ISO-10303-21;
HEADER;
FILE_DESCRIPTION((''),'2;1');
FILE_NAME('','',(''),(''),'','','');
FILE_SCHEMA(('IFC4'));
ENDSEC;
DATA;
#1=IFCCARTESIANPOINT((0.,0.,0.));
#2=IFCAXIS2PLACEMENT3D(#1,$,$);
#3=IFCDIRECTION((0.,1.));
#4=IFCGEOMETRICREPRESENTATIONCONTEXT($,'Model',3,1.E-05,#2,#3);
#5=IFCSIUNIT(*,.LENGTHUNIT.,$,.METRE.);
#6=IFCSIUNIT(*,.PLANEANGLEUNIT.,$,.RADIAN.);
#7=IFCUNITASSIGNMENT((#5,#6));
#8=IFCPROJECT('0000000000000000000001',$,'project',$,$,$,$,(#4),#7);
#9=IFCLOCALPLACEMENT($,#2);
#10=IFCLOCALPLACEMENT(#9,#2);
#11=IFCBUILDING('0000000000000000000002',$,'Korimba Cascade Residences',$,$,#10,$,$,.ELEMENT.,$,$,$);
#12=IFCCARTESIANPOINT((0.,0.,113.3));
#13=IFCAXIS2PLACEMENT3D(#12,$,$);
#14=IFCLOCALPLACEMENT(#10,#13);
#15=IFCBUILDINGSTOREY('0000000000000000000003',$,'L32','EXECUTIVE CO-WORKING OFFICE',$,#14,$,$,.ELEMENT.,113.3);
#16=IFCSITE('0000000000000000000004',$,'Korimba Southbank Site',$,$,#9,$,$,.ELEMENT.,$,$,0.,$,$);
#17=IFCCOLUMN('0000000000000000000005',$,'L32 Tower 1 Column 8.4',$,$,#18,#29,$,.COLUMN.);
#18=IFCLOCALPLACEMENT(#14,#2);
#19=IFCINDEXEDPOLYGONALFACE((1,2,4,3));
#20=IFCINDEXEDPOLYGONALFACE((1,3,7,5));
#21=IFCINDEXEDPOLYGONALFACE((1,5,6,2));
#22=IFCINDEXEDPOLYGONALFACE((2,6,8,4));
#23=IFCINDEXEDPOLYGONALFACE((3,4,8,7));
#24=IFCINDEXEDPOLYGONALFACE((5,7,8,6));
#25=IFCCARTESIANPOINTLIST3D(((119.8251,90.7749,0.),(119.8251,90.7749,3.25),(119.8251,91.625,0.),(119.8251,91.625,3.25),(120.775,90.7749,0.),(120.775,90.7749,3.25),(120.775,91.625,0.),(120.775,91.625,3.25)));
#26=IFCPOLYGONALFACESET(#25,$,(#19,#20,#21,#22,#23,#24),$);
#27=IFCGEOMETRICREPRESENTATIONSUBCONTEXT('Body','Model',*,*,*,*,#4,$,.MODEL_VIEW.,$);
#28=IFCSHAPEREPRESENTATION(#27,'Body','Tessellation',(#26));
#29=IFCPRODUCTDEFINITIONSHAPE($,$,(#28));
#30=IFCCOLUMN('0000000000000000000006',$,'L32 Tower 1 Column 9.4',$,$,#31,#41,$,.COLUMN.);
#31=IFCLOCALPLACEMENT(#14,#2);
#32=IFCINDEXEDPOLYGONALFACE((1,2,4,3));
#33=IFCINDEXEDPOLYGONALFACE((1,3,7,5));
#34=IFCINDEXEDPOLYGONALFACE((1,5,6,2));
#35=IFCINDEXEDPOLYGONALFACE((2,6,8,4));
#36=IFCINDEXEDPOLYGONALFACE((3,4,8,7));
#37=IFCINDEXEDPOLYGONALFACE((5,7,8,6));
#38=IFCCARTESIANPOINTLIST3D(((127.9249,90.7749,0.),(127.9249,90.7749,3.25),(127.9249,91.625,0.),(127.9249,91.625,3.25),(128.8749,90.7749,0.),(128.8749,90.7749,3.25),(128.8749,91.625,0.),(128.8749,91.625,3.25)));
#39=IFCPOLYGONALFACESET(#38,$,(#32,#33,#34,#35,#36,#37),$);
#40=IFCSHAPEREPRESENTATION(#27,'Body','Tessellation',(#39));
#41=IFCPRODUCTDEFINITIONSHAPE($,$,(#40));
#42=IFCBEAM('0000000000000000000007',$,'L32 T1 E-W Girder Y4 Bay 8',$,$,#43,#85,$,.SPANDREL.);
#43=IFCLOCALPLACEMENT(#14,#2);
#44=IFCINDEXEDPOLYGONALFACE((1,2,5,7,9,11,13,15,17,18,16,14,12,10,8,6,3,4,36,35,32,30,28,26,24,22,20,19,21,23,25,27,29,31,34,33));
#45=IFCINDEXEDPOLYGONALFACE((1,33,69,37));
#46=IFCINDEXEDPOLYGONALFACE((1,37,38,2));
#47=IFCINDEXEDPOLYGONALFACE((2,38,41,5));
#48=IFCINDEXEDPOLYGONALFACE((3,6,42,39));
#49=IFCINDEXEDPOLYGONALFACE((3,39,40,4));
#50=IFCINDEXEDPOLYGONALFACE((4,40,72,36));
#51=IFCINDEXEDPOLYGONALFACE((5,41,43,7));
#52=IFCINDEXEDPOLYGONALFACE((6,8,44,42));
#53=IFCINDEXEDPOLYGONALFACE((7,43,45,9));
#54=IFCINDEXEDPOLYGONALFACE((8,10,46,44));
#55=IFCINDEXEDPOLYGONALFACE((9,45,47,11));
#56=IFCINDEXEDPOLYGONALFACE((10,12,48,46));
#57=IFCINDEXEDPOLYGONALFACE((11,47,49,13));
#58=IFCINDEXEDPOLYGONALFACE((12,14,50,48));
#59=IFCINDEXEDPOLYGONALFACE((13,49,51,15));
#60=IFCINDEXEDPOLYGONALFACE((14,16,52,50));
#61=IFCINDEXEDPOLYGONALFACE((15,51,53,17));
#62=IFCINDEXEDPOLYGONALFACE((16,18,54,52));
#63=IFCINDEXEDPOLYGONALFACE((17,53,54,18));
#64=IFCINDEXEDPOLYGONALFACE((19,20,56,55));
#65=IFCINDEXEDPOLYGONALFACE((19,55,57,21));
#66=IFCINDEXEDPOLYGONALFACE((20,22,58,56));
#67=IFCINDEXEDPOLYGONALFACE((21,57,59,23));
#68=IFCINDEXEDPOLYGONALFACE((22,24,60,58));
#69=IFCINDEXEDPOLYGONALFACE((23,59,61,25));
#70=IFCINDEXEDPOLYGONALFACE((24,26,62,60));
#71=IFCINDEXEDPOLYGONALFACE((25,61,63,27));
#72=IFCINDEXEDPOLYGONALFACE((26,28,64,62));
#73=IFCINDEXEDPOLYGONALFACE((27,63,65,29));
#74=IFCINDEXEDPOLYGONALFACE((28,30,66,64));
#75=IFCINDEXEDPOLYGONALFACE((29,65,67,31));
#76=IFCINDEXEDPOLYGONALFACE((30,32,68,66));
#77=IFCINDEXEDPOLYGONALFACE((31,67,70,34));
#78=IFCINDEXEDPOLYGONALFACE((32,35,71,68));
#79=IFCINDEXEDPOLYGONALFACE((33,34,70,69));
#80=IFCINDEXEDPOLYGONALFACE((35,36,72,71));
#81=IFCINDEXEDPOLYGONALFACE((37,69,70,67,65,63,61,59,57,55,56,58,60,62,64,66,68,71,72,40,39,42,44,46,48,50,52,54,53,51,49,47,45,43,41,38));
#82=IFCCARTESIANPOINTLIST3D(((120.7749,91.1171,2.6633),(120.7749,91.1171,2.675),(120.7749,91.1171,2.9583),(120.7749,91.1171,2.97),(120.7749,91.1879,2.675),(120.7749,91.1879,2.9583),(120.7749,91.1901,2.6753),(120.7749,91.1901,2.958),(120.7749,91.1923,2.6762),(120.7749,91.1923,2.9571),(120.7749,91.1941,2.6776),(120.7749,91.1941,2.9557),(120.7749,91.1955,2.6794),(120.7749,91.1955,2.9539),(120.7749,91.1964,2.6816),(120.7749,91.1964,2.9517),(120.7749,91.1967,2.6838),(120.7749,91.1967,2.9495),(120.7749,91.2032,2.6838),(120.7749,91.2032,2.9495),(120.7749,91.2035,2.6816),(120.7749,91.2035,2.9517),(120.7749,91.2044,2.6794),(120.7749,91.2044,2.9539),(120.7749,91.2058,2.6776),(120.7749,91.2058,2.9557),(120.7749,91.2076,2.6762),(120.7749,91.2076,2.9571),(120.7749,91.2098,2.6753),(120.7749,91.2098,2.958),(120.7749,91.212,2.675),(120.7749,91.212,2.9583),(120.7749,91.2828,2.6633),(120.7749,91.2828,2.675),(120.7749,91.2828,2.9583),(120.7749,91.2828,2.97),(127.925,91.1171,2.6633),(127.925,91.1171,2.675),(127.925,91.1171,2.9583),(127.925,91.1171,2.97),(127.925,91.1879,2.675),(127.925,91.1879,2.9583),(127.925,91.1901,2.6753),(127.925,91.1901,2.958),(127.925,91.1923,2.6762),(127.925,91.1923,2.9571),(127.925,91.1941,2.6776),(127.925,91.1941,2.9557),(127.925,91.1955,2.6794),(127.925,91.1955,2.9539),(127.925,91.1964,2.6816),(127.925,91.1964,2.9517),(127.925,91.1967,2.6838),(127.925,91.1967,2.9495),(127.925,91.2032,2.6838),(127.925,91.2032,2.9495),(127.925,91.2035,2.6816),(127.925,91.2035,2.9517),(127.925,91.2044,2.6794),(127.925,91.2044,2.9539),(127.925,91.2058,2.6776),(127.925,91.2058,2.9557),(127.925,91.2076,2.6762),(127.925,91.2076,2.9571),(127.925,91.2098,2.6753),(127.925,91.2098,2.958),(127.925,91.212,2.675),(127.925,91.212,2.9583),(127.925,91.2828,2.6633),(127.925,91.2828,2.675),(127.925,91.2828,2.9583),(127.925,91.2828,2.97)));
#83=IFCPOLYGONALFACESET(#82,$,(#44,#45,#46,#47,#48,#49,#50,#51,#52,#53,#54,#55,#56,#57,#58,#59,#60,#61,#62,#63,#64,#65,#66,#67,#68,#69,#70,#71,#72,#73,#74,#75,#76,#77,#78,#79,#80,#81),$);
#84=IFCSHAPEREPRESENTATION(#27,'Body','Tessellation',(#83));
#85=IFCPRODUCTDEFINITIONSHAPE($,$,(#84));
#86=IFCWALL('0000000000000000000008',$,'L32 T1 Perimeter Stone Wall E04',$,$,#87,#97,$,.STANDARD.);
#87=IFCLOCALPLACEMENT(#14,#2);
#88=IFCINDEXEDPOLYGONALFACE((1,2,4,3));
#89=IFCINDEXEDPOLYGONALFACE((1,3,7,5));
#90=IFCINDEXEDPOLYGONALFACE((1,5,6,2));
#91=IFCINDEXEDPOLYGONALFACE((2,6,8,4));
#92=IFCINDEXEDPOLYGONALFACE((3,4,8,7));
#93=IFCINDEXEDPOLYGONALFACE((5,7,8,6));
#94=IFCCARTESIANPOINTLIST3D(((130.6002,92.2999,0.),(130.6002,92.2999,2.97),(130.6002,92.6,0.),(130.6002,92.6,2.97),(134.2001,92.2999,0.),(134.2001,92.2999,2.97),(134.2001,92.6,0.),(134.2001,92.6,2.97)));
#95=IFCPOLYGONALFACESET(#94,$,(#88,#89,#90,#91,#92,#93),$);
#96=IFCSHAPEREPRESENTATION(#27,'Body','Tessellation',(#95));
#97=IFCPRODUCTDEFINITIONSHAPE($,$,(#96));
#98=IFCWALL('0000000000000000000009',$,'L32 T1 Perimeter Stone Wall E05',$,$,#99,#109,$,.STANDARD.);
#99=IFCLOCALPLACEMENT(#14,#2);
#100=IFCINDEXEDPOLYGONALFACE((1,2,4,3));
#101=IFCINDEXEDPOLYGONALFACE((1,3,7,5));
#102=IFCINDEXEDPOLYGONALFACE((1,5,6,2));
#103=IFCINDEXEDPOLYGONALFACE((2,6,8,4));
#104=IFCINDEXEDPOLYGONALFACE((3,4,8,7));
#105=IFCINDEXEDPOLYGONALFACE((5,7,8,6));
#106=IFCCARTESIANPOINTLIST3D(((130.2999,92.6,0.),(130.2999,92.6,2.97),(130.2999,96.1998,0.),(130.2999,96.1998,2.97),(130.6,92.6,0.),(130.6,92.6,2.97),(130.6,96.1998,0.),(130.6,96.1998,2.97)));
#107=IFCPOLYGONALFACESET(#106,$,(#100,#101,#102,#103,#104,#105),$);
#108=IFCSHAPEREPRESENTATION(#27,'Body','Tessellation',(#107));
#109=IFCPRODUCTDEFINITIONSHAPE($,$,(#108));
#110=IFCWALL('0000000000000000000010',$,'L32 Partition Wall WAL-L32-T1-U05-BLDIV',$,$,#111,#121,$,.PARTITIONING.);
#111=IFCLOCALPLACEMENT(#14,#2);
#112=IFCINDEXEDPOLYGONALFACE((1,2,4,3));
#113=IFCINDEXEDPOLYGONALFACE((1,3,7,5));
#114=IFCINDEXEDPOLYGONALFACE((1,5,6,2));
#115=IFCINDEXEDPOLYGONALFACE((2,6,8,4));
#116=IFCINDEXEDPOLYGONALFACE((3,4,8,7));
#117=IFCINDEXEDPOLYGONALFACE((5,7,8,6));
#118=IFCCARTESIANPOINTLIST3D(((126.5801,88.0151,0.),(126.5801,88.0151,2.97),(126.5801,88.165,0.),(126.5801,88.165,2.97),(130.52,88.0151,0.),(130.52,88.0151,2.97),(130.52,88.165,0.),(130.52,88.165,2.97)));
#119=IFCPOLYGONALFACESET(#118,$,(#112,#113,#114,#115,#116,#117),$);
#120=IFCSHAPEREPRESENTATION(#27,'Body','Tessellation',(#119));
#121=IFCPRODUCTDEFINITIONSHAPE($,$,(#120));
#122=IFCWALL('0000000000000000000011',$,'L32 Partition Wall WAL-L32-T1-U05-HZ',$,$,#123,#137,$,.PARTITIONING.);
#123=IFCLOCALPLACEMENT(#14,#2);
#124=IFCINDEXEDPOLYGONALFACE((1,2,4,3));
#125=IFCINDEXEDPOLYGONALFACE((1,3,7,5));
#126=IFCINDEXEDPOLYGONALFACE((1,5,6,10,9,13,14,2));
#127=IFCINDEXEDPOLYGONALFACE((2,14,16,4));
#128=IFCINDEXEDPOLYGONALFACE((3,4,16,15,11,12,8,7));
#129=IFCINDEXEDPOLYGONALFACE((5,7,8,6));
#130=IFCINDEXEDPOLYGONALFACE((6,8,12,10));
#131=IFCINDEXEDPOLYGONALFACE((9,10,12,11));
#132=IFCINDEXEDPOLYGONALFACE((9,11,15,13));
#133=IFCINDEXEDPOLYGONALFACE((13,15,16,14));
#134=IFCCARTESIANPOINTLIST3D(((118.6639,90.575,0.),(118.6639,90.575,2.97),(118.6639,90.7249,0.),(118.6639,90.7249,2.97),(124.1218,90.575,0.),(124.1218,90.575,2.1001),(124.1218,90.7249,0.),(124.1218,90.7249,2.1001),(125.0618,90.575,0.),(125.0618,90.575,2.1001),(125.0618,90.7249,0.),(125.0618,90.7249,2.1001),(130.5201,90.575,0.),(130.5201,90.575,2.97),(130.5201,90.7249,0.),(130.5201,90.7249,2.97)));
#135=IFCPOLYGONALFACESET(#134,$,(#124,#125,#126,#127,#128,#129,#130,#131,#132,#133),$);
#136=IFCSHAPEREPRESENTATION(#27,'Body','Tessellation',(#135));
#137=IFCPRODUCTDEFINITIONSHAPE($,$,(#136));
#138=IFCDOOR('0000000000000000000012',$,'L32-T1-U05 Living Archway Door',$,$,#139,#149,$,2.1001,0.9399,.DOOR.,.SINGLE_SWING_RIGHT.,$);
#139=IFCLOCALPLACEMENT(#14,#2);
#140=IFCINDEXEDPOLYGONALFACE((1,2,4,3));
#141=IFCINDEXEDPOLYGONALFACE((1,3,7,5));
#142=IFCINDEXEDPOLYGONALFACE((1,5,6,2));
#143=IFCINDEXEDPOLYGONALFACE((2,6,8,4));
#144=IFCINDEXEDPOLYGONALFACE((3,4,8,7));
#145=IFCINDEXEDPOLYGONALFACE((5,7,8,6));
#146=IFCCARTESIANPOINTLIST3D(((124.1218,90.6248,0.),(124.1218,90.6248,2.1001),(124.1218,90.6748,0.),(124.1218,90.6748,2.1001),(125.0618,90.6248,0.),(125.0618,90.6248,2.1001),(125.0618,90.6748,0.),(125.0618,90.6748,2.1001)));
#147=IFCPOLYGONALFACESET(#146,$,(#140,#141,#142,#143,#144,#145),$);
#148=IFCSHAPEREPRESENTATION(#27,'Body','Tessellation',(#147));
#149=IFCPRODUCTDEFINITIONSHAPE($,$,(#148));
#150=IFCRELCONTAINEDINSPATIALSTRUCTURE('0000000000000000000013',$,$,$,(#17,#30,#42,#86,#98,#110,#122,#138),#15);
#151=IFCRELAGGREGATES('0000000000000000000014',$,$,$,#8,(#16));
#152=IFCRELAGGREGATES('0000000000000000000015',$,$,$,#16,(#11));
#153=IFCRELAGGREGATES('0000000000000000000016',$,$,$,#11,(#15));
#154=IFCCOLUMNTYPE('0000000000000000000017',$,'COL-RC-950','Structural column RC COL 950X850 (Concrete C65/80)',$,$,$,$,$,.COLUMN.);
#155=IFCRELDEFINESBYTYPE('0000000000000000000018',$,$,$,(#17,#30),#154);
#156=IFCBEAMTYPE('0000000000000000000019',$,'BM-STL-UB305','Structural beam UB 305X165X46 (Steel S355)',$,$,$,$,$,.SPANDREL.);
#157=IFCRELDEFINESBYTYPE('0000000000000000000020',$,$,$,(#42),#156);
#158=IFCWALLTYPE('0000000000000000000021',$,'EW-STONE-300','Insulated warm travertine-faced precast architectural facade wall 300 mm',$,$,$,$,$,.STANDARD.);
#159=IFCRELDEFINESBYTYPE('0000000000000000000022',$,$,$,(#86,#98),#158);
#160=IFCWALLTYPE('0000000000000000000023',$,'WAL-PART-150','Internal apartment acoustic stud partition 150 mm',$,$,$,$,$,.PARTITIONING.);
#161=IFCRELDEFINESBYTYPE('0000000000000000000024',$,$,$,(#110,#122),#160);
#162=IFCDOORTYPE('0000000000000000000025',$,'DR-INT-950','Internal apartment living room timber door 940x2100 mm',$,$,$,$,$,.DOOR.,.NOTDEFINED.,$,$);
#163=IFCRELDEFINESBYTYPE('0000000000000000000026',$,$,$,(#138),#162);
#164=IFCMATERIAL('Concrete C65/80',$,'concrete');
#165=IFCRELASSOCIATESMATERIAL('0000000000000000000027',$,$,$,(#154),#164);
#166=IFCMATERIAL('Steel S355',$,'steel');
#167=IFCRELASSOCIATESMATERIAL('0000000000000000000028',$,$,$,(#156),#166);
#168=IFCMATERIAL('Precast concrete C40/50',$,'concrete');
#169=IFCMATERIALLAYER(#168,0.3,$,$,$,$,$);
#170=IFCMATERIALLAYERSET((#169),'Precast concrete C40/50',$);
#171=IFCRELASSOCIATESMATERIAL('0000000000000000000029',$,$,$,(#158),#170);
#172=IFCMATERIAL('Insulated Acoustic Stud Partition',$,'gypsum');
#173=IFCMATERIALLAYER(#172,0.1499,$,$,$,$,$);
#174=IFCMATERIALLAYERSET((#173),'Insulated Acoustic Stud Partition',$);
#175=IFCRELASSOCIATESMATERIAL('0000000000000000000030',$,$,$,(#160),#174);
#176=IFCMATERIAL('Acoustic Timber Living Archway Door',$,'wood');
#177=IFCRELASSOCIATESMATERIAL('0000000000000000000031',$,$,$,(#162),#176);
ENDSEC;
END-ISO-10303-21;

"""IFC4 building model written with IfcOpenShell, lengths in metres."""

from ifc_helpers import new_model, si_unit, direction, frame, frame_2d, origin, origin_2d, place, context, subcontext, project, spatial, rectangle, i_section, extrude, material, layer, layer_set, material_profile, profile_set, type_object, element, fill, save


model = new_model("IFC4")

# Units and contexts
model_context = context("Model", 3, precision=1e-05, world=origin(), true_north=direction((0.0, 1.0)))
body_context = subcontext(model_context, "Body", "Model", "MODEL_VIEW")
ifc_project = project(units=[si_unit("LENGTHUNIT", "METRE"), si_unit("PLANEANGLEUNIT", "RADIAN")], contexts=[model_context])

# Site, building, storey
site_placement = place(None, origin())
site = spatial("IfcSite", under=ifc_project, at=site_placement, Name="Korimba Southbank Site", CompositionType="ELEMENT", RefElevation=0.0)
building_placement = place(site_placement, origin())
building = spatial("IfcBuilding", under=site, at=building_placement, Name="Korimba Cascade Residences", CompositionType="ELEMENT")
storey_placement = place(building_placement, frame((0.0, 0.0, 113.3)))
storey = spatial("IfcBuildingStorey", under=building, at=storey_placement, Name="L32", Description="EXECUTIVE CO-WORKING OFFICE", CompositionType="ELEMENT", Elevation=113.3)

# Columns
ifc_material_1 = material(Name="Concrete C65/80", Category="concrete")
ifc_material_profile_1 = material_profile(ifc_material_1, rectangle(XDim=0.95, YDim=0.8501, at=origin_2d()), Name="Concrete C65/80")
ifc_profile_set_1 = profile_set([ifc_material_profile_1], Name="Concrete C65/80")
column_type = type_object("IfcColumnType", Name="COL-RC-950", Description="Structural column RC COL 950X850 (Concrete C65/80)", PredefinedType="COLUMN", material=ifc_profile_set_1)
for number, where, z_axis, x_axis, name in (
    (1, (120.3, 91.2, 0.0), (0.0, 0.0, 1.0), (1.0, 0.0, 0.0), "L32 Tower 1 Column 8.4"),
    (2, (128.3999, 91.2, 0.0), (0.0, 0.0, 1.0), (1.0, 0.0, 0.0), "L32 Tower 1 Column 9.4"),
):
    element("IfcColumn", number, at=place(storey_placement, frame(where, z_axis=z_axis, x_axis=x_axis)), inside=storey, type_object=column_type, Name=name, PredefinedType="COLUMN", context=body_context, shape_type="SweptSolid", body=[
        extrude(rectangle(XDim=0.95, YDim=0.8501, at=origin_2d()), origin(), (0.0, 0.0, 1.0), 3.25),
    ])

# Beam
ifc_material_2 = material(Name="Steel S355", Category="steel")
ifc_material_profile_2 = material_profile(ifc_material_2, i_section(OverallWidth=0.1658, OverallDepth=0.3066, WebThickness=0.0066, FlangeThickness=0.0117, FilletRadius=0.0088, at=origin_2d()), Name="Steel S355")
ifc_profile_set_2 = profile_set([ifc_material_profile_2], Name="Steel S355")
beam_type = type_object("IfcBeamType", Name="BM-STL-UB305", Description="Structural beam UB 305X165X46 (Steel S355)", PredefinedType="SPANDREL", material=ifc_profile_set_2)
beam_placement = place(storey_placement, frame((120.7749, 91.2, 2.8167), z_axis=(1.0, 0.0, 0.0), x_axis=(0.0, 1.0, 0.0)))
element("IfcBeam", 3, at=beam_placement, inside=storey, type_object=beam_type, Name="L32 T1 E-W Girder Y4 Bay 8", PredefinedType="SPANDREL", context=body_context, shape_type="SweptSolid", body=[
    extrude(i_section(OverallWidth=0.1658, OverallDepth=0.3066, WebThickness=0.0066, FlangeThickness=0.0117, FilletRadius=0.0088, at=origin_2d()), origin(), (0.0, 0.0, 1.0), 7.1501),
])

# Shared definitions
ifc_material_3 = material(Name="Precast concrete C40/50", Category="concrete")

# Walls
ifc_layer_1 = layer(ifc_material_3, 0.3)
ifc_layer_set_1 = layer_set([ifc_layer_1], Name="Precast concrete C40/50")
wall_type_1 = type_object("IfcWallType", Name="EW-STONE-300", Description="Insulated warm travertine-faced precast architectural facade wall 300 mm", PredefinedType="STANDARD", material=ifc_layer_set_1)
for number, where, z_axis, x_axis, name in (
    (4, (134.2, 92.45, 0.0), (0.0, 0.0, 1.0), (-1.0, 0.0, 0.0), "L32 T1 Perimeter Stone Wall E04"),
    (5, (130.45, 92.6001, 0.0), (0.0, 0.0, 1.0), (0.0, 1.0, 0.0), "L32 T1 Perimeter Stone Wall E05"),
):
    element("IfcWall", number, at=place(storey_placement, frame(where, z_axis=z_axis, x_axis=x_axis)), inside=storey, type_object=wall_type_1, Name=name, PredefinedType="STANDARD", context=body_context, shape_type="SweptSolid", body=[
        extrude(rectangle(XDim=3.5999, YDim=0.3, at=frame_2d((1.7998, 0.0))), origin(), (0.0, 0.0, 1.0), 2.97),
    ])
ifc_material_4 = material(Name="Insulated Acoustic Stud Partition", Category="gypsum")
ifc_layer_2 = layer(ifc_material_4, 0.1499)
ifc_layer_set_2 = layer_set([ifc_layer_2], Name="Insulated Acoustic Stud Partition")
wall_type_2 = type_object("IfcWallType", Name="WAL-PART-150", Description="Internal apartment acoustic stud partition 150 mm", PredefinedType="PARTITIONING", material=ifc_layer_set_2)
wall_1_placement = place(storey_placement, frame((126.5801, 88.0901, 0.0), z_axis=(0.0, 0.0, 1.0), x_axis=(1.0, 0.0, 0.0)))
element("IfcWall", 6, at=wall_1_placement, inside=storey, type_object=wall_type_2, Name="L32 Partition Wall WAL-L32-T1-U05-BLDIV", PredefinedType="PARTITIONING", context=body_context, shape_type="SweptSolid", body=[
    extrude(rectangle(XDim=3.9399, YDim=0.1499, at=frame_2d((1.97, 0.0))), origin(), (0.0, 0.0, 1.0), 2.97),
])

# Wall, opening, door
wall_2_placement = place(storey_placement, frame((118.6638, 90.6499, 0.0), z_axis=(0.0, 0.0, 1.0), x_axis=(1.0, 0.0, 0.0)))
wall_2 = element("IfcWall", 7, at=wall_2_placement, inside=storey, type_object=wall_type_2, Name="L32 Partition Wall WAL-L32-T1-U05-HZ", PredefinedType="PARTITIONING", context=body_context, shape_type="SweptSolid", body=[
    extrude(rectangle(XDim=11.8562, YDim=0.1499, at=frame_2d((5.9282, 0.0))), origin(), (0.0, 0.0, 1.0), 2.97),
])
opening_1_placement = place(wall_2_placement, frame((5.458, 0.0, 0.0)))
opening_1 = element("IfcOpeningElement", 8, at=opening_1_placement, cuts=wall_2, PredefinedType="OPENING", context=body_context, shape_type="SweptSolid", body=[
    extrude(rectangle(XDim=0.9399, YDim=2.1001, at=frame_2d((0.47, 1.05))), frame((0.0, 0.085, 0.0), z_axis=(0.0, -1.0, 0.0), x_axis=(1.0, 0.0, 0.0)), (0.0, 0.0, 1.0), 0.1699),
])
ifc_material_5 = material(Name="Acoustic Timber Living Archway Door", Category="wood")
door_type_1 = type_object("IfcDoorType", Name="DR-INT-950", Description="Internal apartment living room timber door 940x2100 mm", OperationType="NOTDEFINED", PredefinedType="DOOR", material=ifc_material_5)
door_1_placement = place(opening_1_placement, origin())
door_1 = element("IfcDoor", 9, at=door_1_placement, inside=storey, type_object=door_type_1, Name="L32-T1-U05 Living Archway Door", OperationType="SINGLE_SWING_RIGHT", OverallHeight=2.1001, OverallWidth=0.9399, PredefinedType="DOOR", context=body_context, shape_type="SweptSolid", body=[
    extrude(rectangle(XDim=0.9399, YDim=2.1001, at=frame_2d((0.47, 1.05))), frame((0.0, 0.0249, 0.0), z_axis=(0.0, -1.0, 0.0), x_axis=(1.0, 0.0, 0.0)), (0.0, 0.0, 1.0), 0.05),
])
fill(opening_1, door_1)

save(model, "model.ifc")
